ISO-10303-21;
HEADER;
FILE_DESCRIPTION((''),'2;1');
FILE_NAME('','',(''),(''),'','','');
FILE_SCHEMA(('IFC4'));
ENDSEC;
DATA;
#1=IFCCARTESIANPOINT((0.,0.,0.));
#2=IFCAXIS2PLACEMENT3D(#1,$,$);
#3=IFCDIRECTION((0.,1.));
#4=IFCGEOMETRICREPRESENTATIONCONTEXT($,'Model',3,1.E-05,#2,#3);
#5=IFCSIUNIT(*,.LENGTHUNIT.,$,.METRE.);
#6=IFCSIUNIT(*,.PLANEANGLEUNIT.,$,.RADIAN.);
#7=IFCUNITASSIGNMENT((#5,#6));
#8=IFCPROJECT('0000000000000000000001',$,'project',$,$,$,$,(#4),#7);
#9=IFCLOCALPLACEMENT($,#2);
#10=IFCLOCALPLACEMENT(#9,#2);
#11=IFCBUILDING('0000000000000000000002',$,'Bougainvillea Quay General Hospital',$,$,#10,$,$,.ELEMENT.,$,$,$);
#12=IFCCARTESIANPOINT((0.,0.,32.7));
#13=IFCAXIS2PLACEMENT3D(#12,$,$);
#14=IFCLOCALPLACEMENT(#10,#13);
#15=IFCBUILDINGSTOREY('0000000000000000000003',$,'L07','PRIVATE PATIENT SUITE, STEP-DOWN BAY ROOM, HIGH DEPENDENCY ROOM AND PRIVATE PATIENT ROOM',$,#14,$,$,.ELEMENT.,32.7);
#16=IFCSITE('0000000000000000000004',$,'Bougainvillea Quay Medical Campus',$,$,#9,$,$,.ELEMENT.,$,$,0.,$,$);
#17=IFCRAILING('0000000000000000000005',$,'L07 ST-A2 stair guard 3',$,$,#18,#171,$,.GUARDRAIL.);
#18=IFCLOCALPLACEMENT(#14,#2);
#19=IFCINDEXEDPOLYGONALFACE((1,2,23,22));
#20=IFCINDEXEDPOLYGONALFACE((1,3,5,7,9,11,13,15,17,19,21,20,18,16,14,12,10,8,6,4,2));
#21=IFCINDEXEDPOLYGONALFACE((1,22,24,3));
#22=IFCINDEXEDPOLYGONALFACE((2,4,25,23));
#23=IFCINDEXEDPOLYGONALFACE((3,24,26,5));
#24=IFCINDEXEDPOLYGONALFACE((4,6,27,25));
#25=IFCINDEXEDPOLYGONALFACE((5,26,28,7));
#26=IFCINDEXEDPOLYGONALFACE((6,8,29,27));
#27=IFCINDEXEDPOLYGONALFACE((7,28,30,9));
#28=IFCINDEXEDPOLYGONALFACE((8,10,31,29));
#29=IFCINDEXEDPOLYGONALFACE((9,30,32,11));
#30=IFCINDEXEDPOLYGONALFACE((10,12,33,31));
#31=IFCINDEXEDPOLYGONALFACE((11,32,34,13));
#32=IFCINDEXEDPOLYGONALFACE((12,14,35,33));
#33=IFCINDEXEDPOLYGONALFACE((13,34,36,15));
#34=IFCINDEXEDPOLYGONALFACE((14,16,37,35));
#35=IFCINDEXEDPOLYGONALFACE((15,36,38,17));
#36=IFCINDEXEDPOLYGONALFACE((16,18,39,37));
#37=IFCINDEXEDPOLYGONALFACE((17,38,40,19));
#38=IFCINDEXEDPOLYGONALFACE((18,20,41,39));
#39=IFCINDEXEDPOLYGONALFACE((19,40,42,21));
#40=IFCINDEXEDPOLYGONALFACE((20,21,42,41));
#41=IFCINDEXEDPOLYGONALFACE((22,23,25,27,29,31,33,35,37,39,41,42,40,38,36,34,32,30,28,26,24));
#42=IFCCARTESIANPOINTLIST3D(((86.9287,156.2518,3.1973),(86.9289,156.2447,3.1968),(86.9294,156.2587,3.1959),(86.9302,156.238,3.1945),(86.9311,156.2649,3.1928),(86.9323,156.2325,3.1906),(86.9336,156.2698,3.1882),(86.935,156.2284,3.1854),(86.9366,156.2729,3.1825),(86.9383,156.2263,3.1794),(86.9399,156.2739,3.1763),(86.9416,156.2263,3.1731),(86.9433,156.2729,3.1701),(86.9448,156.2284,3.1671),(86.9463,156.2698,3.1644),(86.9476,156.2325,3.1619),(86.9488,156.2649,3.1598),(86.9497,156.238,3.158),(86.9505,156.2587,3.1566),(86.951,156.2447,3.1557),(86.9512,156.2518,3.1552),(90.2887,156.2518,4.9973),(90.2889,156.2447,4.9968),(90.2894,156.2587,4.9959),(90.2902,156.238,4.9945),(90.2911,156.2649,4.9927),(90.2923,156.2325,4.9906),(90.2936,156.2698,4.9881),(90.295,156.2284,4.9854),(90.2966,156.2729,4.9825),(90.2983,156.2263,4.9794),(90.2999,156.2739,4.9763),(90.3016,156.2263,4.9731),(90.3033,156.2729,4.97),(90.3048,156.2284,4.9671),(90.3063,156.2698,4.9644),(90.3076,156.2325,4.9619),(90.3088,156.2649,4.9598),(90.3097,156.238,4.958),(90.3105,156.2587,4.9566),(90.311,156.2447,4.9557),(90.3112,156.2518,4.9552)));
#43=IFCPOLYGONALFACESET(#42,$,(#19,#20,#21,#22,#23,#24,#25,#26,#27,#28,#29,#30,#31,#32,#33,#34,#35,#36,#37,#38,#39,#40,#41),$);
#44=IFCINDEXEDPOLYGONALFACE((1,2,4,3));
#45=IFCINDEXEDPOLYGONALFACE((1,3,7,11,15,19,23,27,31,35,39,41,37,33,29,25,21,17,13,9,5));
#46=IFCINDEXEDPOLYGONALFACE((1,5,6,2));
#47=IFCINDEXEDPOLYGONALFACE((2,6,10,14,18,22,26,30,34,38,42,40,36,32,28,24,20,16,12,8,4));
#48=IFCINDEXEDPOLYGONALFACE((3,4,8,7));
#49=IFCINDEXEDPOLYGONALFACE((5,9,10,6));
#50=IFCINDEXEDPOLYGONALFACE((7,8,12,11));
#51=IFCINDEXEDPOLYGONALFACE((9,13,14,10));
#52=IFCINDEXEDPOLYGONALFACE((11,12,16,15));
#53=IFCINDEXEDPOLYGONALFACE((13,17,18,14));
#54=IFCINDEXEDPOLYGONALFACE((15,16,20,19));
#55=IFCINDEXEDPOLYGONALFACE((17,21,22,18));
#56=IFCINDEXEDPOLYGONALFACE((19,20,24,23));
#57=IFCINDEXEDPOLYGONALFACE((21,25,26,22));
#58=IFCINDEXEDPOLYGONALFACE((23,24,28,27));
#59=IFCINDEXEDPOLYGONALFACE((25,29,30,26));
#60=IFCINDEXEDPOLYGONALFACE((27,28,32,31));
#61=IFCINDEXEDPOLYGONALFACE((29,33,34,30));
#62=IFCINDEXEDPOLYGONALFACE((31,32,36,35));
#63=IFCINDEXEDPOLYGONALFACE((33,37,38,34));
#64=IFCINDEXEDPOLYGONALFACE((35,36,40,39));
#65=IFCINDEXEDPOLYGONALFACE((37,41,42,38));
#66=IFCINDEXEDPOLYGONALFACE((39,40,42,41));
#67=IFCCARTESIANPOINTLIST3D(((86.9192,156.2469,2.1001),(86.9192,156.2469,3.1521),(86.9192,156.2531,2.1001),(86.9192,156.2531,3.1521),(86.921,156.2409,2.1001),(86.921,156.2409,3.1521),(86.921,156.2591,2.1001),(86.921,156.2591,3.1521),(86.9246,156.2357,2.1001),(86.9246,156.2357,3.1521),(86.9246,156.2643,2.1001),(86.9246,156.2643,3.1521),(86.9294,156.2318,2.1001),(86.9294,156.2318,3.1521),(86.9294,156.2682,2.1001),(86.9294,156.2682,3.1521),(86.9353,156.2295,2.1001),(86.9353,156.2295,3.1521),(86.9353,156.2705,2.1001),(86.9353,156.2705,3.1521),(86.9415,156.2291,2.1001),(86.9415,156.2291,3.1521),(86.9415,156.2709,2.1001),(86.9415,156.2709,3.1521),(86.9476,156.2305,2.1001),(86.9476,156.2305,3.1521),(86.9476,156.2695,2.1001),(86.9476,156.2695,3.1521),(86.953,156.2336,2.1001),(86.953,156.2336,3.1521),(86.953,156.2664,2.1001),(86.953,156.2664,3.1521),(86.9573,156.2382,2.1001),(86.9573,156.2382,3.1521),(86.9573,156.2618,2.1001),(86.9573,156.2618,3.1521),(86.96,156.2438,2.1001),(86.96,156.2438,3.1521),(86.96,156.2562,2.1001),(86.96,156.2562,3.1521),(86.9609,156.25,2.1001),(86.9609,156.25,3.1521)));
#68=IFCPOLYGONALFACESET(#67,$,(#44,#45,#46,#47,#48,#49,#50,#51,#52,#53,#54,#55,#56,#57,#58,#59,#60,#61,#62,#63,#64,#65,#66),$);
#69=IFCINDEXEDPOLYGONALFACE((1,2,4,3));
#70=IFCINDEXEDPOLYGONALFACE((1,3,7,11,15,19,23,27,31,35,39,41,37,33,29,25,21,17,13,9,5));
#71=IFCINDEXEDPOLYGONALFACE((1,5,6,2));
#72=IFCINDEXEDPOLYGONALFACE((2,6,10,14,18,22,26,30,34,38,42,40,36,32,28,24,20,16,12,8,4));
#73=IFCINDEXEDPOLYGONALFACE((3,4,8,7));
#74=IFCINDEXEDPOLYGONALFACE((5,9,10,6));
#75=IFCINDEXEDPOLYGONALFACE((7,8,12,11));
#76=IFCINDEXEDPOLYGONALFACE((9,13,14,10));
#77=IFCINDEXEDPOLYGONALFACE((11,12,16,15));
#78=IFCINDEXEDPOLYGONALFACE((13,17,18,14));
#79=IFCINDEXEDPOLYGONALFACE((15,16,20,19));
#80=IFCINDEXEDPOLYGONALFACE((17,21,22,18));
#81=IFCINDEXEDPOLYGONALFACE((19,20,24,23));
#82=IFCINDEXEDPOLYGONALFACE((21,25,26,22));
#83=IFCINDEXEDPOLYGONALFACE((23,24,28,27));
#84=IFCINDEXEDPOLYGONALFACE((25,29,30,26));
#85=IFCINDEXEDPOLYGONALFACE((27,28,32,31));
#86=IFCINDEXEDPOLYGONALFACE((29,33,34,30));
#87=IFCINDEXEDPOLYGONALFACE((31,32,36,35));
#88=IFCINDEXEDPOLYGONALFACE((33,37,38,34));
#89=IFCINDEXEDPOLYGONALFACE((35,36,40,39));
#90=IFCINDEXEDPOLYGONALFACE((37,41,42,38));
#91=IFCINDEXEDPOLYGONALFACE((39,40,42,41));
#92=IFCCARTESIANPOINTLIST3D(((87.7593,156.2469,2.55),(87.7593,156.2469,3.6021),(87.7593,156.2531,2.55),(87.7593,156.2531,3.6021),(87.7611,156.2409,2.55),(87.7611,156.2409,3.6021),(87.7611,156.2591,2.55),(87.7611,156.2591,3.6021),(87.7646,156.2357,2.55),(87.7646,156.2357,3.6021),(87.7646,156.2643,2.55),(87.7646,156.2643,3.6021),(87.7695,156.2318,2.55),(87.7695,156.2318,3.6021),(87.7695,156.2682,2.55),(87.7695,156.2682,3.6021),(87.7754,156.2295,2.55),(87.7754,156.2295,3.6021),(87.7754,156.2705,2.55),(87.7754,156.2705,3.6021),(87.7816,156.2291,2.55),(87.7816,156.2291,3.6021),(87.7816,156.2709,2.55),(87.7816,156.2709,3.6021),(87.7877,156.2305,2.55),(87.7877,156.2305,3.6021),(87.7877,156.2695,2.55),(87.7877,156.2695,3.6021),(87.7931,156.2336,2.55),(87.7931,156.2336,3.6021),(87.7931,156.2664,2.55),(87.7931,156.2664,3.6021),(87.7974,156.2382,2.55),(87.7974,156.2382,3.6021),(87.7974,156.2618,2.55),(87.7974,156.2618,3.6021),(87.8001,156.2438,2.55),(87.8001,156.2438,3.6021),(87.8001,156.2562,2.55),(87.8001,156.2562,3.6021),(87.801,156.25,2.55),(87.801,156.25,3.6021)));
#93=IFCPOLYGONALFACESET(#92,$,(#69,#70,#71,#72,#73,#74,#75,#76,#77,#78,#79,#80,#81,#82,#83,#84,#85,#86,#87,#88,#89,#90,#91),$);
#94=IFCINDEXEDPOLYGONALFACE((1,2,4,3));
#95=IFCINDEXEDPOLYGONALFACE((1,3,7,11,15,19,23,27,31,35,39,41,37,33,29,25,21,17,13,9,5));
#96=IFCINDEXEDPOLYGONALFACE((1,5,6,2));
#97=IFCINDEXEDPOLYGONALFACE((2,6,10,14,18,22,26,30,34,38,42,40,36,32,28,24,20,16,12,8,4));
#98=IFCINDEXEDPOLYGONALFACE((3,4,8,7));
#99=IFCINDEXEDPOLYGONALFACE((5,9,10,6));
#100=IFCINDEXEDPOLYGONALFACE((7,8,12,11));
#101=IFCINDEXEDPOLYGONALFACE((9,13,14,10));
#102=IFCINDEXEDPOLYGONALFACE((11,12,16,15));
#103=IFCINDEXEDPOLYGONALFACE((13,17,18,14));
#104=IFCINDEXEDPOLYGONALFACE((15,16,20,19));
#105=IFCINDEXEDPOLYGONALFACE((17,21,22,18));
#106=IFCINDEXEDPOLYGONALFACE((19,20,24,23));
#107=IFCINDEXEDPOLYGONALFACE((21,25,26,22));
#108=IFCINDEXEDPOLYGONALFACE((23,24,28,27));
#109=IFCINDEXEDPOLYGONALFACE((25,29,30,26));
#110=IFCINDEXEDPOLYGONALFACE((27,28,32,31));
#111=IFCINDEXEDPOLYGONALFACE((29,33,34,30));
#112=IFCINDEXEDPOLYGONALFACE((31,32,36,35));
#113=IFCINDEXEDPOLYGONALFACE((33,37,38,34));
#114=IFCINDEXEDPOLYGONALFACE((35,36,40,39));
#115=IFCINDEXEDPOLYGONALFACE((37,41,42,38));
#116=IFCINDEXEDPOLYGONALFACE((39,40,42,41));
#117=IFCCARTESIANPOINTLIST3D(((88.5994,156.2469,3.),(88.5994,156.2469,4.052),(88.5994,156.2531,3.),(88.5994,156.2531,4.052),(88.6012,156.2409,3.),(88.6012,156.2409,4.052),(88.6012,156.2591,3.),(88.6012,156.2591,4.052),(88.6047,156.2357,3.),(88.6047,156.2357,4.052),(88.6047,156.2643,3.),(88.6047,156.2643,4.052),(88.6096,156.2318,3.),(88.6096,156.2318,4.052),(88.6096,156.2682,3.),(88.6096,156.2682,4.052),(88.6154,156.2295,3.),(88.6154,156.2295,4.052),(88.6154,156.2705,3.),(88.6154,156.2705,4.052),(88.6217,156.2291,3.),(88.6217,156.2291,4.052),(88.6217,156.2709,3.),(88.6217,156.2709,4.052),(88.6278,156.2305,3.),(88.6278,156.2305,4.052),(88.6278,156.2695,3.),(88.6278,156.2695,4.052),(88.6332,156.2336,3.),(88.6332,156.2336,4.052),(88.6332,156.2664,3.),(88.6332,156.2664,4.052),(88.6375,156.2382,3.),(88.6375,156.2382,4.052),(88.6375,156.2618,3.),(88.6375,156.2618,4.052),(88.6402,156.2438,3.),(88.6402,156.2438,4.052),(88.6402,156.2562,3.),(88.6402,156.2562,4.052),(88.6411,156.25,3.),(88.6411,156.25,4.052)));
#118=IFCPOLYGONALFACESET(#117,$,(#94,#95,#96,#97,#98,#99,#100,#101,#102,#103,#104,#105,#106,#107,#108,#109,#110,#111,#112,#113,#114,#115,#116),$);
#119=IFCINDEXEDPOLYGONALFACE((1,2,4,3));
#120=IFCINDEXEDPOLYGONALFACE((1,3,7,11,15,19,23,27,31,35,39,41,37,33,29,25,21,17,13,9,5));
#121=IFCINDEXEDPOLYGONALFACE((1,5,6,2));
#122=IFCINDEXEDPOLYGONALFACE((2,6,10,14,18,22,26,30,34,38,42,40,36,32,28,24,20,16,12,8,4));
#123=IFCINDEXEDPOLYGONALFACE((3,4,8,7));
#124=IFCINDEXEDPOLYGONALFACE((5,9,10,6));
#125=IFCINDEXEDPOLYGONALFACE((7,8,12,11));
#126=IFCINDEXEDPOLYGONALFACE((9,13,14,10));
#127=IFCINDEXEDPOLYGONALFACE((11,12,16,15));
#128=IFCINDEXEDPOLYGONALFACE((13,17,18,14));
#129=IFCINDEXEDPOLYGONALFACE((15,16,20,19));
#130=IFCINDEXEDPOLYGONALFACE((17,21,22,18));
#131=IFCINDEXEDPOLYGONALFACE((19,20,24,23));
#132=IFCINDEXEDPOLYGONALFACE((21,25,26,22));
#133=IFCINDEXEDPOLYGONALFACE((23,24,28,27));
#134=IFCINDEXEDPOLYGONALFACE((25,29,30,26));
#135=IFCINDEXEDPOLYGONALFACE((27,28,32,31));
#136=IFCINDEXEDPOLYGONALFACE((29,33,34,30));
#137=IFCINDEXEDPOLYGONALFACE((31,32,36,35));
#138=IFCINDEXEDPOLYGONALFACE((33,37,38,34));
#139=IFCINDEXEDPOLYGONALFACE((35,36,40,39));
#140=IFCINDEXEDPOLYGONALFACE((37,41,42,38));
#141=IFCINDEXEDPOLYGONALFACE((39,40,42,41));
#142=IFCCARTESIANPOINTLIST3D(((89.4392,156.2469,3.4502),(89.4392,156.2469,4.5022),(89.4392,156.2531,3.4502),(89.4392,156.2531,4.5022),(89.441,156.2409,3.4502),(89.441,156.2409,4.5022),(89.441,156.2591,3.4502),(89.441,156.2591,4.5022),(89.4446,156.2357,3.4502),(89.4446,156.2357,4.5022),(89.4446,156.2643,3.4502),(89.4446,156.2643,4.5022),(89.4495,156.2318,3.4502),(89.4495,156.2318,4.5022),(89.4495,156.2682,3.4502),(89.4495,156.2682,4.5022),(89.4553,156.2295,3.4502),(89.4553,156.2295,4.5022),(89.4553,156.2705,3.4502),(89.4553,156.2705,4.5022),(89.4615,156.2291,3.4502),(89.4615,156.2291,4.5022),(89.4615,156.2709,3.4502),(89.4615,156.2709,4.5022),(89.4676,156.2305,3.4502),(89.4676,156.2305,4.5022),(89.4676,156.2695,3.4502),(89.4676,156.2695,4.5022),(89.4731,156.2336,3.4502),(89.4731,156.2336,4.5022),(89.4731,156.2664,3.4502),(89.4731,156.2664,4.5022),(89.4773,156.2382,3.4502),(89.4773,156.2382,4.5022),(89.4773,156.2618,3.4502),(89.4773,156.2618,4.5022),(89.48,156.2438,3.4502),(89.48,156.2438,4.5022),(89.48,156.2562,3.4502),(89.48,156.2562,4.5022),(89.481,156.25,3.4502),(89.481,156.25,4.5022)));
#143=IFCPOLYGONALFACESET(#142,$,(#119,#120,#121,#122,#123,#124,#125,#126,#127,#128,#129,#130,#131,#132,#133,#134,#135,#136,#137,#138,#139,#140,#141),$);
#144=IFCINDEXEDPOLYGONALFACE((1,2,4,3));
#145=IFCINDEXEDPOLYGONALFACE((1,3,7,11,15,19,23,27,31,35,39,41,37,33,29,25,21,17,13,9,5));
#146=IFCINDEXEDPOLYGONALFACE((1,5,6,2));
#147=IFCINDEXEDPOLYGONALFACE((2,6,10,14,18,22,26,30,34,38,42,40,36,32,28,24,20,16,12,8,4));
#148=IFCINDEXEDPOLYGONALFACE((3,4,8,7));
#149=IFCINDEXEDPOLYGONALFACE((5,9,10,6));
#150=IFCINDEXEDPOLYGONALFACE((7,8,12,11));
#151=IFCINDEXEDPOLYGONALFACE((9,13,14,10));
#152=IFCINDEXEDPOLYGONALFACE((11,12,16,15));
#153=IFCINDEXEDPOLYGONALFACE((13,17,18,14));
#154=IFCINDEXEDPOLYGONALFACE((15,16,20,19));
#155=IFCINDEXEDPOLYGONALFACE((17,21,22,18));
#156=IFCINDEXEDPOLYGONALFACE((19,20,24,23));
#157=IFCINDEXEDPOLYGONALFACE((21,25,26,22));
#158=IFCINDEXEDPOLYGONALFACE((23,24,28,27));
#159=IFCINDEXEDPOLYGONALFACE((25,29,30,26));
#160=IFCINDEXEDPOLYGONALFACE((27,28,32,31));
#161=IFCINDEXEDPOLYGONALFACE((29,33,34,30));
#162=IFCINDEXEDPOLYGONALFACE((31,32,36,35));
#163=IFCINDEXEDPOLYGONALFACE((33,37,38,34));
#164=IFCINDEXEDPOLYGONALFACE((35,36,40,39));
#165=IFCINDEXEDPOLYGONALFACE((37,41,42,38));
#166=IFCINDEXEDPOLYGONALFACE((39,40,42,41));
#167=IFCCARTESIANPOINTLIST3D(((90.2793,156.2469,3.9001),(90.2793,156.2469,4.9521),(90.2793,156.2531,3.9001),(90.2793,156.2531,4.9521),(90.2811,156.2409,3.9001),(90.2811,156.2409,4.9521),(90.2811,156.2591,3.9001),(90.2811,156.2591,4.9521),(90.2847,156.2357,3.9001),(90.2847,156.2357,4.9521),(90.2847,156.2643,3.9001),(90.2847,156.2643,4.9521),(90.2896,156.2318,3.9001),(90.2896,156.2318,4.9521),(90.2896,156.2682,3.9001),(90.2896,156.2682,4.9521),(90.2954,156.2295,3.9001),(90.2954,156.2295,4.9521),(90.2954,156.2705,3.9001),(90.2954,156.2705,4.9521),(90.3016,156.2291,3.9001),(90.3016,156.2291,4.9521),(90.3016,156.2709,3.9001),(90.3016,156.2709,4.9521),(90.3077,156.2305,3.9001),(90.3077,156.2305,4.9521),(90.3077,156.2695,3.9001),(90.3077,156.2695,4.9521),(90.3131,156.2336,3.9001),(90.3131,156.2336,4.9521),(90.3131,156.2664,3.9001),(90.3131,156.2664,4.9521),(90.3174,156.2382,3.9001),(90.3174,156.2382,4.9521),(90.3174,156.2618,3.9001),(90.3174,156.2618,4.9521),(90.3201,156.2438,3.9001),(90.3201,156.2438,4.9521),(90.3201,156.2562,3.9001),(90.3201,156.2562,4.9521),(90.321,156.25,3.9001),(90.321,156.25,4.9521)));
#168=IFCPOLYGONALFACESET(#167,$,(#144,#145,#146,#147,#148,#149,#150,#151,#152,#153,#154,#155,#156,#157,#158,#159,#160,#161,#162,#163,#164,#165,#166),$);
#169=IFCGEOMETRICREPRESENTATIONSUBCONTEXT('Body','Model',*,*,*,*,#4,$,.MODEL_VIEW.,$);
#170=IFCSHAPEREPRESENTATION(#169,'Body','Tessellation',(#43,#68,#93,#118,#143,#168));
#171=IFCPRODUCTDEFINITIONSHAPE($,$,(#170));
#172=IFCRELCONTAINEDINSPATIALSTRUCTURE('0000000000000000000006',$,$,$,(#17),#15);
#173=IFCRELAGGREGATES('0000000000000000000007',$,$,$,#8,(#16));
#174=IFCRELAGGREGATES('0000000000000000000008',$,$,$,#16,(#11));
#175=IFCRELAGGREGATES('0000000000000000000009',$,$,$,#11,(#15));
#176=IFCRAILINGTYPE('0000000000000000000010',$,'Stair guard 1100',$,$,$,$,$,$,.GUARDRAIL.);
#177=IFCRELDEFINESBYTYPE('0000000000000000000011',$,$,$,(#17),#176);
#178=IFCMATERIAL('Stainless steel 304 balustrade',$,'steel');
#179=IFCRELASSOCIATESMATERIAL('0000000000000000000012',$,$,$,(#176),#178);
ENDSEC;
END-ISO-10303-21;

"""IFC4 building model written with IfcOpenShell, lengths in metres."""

from ifc_helpers import new_model, si_unit, direction, frame, origin, origin_2d, place, context, subcontext, project, spatial, circle, extrude, material, type_object, element, save


model = new_model("IFC4")

# Units and contexts
model_context = context("Model", 3, precision=1e-05, world=origin(), true_north=direction((0.0, 1.0)))
body_context = subcontext(model_context, "Body", "Model", "MODEL_VIEW")
ifc_project = project(units=[si_unit("LENGTHUNIT", "METRE"), si_unit("PLANEANGLEUNIT", "RADIAN")], contexts=[model_context])

# Site, building, storey
site_placement = place(None, origin())
site = spatial("IfcSite", under=ifc_project, at=site_placement, Name="Bougainvillea Quay Medical Campus", CompositionType="ELEMENT", RefElevation=0.0)
building_placement = place(site_placement, origin())
building = spatial("IfcBuilding", under=site, at=building_placement, Name="Bougainvillea Quay General Hospital", CompositionType="ELEMENT")
storey_placement = place(building_placement, frame((0.0, 0.0, 32.7)))
storey = spatial("IfcBuildingStorey", under=building, at=storey_placement, Name="L07", Description="PRIVATE PATIENT SUITE, STEP-DOWN BAY ROOM, HIGH DEPENDENCY ROOM AND PRIVATE PATIENT ROOM", CompositionType="ELEMENT", Elevation=32.7)

# Railing
ifc_material_1 = material(Name="Stainless steel 304 balustrade", Category="steel")
railing_type_1 = type_object("IfcRailingType", Name="Stair guard 1100", PredefinedType="GUARDRAIL", material=ifc_material_1)
railing_1_placement = place(storey_placement, frame((86.9399, 156.25, 2.1001)))
element("IfcRailing", 1, at=railing_1_placement, inside=storey, type_object=railing_type_1, Name="L07 ST-A2 stair guard 3", PredefinedType="GUARDRAIL", context=body_context, shape_type="SweptSolid", body=[
    extrude(circle(Radius=0.0239, at=origin_2d()), frame((0.0, 0.0, 1.0762), z_axis=(0.881481, 0.0, 0.47222), x_axis=(0.0, 1.0, 0.0)), (0.0, 0.0, 1.0), 3.8118),
    extrude(circle(Radius=0.021, at=origin_2d()), origin(), (0.0, 0.0, 1.0), 1.052),
    extrude(circle(Radius=0.021, at=origin_2d()), frame((0.8401, 0.0, 0.45)), (0.0, 0.0, 1.0), 1.052),
    extrude(circle(Radius=0.021, at=origin_2d()), frame((1.6802, 0.0, 0.8999)), (0.0, 0.0, 1.0), 1.052),
    extrude(circle(Radius=0.021, at=origin_2d()), frame((2.52, 0.0, 1.3501)), (0.0, 0.0, 1.0), 1.052),
    extrude(circle(Radius=0.021, at=origin_2d()), frame((3.3601, 0.0, 1.8)), (0.0, 0.0, 1.0), 1.052),
])

save(model, "model.ifc")
